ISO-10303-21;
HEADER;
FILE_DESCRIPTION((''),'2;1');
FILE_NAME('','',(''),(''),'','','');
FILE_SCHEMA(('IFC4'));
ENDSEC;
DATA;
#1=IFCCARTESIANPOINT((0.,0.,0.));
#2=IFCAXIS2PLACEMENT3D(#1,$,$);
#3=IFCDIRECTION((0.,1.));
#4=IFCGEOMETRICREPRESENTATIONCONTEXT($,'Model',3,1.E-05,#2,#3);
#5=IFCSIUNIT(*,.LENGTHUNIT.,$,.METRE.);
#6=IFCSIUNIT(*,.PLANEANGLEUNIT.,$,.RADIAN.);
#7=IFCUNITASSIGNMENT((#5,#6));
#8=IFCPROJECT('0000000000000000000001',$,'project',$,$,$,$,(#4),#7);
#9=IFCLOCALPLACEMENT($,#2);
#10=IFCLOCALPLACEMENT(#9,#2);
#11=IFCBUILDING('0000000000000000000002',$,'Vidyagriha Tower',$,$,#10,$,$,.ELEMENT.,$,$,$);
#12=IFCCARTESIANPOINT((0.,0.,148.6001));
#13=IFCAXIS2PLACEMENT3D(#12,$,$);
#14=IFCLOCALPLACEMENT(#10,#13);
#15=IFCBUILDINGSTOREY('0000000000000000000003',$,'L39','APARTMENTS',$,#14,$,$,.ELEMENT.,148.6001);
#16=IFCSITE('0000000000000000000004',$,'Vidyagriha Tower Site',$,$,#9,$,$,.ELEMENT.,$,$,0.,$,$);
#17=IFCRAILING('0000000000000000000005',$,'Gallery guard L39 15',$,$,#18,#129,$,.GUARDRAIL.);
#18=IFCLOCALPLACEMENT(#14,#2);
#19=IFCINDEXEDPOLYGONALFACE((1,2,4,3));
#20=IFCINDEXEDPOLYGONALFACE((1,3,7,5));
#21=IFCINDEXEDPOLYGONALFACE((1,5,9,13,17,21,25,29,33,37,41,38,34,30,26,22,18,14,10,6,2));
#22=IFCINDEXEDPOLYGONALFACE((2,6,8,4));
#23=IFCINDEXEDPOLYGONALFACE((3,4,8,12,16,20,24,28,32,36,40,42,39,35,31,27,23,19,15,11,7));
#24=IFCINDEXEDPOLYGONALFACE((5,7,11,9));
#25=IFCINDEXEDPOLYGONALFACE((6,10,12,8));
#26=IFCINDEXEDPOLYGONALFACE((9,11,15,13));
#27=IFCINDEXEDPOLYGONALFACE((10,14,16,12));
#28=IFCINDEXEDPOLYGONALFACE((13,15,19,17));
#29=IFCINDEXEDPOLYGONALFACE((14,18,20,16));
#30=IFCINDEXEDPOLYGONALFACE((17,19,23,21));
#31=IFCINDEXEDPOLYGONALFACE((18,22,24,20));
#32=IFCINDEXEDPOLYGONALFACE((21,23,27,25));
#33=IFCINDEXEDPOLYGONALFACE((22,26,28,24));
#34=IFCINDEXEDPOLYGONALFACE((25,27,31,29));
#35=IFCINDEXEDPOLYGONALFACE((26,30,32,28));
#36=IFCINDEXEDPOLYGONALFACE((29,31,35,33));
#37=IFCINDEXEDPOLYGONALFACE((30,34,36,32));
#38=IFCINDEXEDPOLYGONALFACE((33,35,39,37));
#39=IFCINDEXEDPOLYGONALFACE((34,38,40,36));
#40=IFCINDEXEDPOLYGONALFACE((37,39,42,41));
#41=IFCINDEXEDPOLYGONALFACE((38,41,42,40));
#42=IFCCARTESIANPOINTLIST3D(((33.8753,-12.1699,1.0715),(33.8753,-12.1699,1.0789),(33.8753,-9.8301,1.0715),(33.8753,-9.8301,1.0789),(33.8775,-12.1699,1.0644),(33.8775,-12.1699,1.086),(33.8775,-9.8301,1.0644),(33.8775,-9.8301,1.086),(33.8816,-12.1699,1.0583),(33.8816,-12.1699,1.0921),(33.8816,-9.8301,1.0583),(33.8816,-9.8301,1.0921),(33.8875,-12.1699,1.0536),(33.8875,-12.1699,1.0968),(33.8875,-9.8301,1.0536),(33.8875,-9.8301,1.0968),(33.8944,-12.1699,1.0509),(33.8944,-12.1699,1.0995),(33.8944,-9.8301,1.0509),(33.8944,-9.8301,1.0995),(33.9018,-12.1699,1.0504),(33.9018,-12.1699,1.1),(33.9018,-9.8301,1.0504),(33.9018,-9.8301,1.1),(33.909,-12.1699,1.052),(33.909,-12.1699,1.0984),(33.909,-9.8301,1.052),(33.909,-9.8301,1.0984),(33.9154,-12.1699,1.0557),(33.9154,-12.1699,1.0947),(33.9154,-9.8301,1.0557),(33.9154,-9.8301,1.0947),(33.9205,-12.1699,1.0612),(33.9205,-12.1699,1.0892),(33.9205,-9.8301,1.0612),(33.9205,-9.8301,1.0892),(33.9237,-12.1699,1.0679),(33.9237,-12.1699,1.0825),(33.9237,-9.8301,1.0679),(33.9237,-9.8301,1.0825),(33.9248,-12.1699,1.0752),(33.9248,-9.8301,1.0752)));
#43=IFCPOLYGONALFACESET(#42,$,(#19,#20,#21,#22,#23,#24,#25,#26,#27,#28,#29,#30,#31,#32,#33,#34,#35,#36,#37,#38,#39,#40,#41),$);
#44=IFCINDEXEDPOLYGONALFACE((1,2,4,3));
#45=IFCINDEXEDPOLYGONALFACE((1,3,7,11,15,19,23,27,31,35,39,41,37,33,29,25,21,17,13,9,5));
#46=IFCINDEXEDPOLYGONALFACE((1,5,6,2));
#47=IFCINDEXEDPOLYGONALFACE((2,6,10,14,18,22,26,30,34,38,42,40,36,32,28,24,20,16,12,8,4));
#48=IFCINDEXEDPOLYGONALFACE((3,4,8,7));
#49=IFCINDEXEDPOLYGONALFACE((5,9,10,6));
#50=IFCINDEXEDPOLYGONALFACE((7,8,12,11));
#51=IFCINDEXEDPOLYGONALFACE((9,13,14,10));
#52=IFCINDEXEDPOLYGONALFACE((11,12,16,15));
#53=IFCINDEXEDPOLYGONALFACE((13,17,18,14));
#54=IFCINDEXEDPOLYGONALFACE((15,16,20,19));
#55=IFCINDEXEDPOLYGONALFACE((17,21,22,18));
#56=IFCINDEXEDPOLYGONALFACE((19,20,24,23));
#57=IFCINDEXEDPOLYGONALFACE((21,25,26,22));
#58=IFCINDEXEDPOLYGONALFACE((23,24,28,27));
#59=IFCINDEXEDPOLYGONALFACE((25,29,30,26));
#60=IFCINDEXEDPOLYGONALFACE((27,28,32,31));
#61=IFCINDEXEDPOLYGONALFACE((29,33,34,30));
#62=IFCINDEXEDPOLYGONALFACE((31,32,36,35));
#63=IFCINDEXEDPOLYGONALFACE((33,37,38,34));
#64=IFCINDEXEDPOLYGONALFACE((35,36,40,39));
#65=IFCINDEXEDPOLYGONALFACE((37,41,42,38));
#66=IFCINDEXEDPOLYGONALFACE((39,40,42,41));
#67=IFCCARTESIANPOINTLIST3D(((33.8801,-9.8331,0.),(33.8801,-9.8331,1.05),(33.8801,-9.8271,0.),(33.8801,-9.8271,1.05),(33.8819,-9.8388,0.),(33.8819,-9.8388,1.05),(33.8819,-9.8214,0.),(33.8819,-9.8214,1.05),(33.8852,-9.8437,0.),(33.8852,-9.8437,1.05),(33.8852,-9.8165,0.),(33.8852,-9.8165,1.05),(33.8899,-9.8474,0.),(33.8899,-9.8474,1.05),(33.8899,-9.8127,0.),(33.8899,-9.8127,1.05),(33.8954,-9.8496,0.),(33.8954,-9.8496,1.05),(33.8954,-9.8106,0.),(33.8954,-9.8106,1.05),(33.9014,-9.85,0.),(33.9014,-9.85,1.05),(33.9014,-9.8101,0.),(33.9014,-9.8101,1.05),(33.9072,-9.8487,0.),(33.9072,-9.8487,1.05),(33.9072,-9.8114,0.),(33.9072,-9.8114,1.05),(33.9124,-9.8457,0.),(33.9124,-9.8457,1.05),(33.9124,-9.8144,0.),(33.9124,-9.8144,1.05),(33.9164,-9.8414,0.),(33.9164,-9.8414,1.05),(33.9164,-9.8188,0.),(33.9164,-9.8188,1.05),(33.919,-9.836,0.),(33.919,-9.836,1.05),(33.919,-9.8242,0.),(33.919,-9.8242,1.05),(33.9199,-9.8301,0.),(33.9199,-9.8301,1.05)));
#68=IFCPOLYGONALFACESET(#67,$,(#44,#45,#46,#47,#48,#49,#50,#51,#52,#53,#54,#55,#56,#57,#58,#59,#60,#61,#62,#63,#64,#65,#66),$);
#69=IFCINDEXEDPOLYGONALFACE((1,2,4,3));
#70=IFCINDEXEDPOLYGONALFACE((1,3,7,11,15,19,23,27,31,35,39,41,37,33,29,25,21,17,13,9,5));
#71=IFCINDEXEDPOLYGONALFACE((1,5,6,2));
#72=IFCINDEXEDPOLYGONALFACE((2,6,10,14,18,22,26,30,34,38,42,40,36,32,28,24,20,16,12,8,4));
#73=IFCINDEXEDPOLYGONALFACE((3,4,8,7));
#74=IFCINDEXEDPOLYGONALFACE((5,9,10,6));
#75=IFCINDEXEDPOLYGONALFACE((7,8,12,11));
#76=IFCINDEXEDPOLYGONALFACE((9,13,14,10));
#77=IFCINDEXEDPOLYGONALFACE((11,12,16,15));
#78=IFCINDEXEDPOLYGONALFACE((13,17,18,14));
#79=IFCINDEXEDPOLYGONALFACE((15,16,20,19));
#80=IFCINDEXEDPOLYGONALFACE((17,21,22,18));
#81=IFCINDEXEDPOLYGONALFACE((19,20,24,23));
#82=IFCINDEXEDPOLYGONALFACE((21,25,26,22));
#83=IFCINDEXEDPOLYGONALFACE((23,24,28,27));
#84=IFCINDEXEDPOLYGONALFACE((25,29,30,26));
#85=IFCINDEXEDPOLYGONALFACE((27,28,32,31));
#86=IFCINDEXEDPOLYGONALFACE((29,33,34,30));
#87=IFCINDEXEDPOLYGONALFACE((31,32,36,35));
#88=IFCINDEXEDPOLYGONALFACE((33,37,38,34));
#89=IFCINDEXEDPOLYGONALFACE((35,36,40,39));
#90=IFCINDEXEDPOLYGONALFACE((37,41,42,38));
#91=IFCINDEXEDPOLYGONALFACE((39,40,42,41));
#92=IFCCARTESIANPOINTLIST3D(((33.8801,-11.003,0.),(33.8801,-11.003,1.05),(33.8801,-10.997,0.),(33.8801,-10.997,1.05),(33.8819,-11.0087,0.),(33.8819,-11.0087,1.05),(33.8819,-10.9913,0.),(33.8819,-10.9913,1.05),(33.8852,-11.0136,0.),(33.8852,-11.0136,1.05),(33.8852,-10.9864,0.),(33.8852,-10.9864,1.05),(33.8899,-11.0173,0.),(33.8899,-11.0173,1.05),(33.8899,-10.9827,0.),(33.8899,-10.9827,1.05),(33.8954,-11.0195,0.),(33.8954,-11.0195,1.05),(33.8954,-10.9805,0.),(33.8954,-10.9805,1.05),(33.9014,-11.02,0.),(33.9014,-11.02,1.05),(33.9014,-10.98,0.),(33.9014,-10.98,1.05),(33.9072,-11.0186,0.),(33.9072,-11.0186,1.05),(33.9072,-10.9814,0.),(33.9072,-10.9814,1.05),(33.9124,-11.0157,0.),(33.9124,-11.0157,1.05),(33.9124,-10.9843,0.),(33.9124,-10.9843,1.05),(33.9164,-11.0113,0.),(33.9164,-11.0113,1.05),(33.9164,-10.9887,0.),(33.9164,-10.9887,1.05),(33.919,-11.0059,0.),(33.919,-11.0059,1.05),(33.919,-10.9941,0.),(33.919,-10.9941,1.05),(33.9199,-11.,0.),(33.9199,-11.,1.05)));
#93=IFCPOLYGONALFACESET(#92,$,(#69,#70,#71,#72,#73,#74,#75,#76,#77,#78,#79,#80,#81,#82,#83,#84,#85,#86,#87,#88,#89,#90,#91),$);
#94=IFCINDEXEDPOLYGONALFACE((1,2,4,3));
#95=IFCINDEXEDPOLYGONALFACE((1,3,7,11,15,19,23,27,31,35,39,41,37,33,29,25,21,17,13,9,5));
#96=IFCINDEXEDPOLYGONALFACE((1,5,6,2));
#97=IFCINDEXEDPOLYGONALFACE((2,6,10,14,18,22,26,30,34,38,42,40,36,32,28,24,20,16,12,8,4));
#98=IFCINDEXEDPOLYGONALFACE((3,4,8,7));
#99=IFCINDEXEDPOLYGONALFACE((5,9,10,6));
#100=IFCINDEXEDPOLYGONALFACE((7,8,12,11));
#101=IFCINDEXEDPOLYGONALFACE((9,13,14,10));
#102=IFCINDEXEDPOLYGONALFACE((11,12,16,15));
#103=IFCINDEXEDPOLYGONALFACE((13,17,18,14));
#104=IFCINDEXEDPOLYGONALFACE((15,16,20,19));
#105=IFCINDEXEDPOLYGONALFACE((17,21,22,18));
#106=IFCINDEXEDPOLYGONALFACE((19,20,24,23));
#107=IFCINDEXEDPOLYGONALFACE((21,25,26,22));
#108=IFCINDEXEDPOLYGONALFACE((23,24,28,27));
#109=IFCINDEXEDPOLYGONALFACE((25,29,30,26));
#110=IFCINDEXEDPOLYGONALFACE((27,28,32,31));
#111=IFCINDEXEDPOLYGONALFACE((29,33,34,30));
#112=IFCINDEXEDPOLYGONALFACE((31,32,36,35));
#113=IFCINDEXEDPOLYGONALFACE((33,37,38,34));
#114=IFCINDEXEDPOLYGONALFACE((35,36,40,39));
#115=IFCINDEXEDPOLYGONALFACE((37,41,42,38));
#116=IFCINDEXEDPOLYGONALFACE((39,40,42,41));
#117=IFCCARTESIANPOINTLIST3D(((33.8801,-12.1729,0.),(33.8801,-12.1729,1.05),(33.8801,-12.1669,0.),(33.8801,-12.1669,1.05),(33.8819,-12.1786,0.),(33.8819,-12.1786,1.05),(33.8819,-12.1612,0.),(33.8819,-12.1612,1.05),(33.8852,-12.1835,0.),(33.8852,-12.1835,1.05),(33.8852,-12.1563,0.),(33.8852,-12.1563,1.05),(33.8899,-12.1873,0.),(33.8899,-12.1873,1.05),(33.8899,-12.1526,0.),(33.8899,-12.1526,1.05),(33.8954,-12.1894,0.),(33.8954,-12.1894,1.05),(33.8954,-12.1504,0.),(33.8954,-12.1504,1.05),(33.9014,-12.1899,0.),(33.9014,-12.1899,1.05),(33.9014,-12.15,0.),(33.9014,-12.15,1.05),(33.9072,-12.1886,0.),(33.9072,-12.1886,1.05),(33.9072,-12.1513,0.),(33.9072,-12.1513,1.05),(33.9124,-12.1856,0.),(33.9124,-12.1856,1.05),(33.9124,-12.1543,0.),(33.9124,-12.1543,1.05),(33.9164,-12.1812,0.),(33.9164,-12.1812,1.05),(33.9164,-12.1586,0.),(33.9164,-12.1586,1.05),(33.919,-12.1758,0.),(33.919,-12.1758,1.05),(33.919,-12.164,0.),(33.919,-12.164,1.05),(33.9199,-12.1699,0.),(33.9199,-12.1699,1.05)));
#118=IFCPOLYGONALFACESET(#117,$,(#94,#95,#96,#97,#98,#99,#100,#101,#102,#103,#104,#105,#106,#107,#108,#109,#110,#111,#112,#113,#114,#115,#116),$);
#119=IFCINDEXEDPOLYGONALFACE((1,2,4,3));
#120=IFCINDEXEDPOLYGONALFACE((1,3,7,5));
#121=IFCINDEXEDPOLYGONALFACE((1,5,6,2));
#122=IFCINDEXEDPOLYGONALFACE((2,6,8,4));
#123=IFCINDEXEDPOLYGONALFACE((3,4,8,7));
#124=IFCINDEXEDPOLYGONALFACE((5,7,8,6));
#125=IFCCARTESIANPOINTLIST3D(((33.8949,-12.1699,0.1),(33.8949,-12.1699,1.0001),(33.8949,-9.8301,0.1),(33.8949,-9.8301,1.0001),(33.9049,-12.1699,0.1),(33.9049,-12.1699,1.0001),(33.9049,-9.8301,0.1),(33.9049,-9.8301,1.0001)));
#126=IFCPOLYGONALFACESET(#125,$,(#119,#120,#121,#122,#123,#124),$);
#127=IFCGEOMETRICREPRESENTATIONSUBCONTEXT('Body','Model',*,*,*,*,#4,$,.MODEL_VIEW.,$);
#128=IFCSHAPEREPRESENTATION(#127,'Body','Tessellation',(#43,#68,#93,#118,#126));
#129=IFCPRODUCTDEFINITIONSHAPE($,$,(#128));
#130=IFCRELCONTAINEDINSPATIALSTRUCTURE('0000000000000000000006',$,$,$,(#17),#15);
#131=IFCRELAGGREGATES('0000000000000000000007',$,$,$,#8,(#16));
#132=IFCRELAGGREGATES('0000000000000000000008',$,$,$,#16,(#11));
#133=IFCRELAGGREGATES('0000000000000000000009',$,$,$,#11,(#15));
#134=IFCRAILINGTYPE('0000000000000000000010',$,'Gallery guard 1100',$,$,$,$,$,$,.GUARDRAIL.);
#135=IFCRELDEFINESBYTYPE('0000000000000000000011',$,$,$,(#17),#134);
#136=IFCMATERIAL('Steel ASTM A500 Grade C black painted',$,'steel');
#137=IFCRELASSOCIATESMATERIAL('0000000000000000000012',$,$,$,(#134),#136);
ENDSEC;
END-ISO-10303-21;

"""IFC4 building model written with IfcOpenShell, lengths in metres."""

from ifc_helpers import new_model, si_unit, direction, frame, origin, origin_2d, place, context, subcontext, project, spatial, rectangle, circle, extrude, material, type_object, element, save


model = new_model("IFC4")

# Units and contexts
model_context = context("Model", 3, precision=1e-05, world=origin(), true_north=direction((0.0, 1.0)))
body_context = subcontext(model_context, "Body", "Model", "MODEL_VIEW")
ifc_project = project(units=[si_unit("LENGTHUNIT", "METRE"), si_unit("PLANEANGLEUNIT", "RADIAN")], contexts=[model_context])

# Site, building, storey
site_placement = place(None, origin())
site = spatial("IfcSite", under=ifc_project, at=site_placement, Name="Vidyagriha Tower Site", CompositionType="ELEMENT", RefElevation=0.0)
building_placement = place(site_placement, origin())
building = spatial("IfcBuilding", under=site, at=building_placement, Name="Vidyagriha Tower", CompositionType="ELEMENT")
storey_placement = place(building_placement, frame((0.0, 0.0, 148.6001)))
storey = spatial("IfcBuildingStorey", under=building, at=storey_placement, Name="L39", Description="APARTMENTS", CompositionType="ELEMENT", Elevation=148.6001)

# Railing
ifc_material_1 = material(Name="Steel ASTM A500 Grade C black painted", Category="steel")
railing_type = type_object("IfcRailingType", Name="Gallery guard 1100", PredefinedType="GUARDRAIL", material=ifc_material_1)
railing_1_placement = place(storey_placement, frame((33.8999, -9.8301, 0.0)))
element("IfcRailing", 1, at=railing_1_placement, inside=storey, type_object=railing_type, Name="Gallery guard L39 15", PredefinedType="GUARDRAIL", context=body_context, shape_type="SweptSolid", body=[
    extrude(circle(Radius=0.0249, at=origin_2d()), frame((0.0, 0.0, 1.0752), z_axis=(0.0, -1.0, 0.0), x_axis=(1.0, 0.0, 0.0)), (0.0, 0.0, 1.0), 2.3398),
    extrude(circle(Radius=0.02, at=origin_2d()), origin(), (0.0, 0.0, 1.0), 1.05),
    extrude(circle(Radius=0.02, at=origin_2d()), frame((0.0, -1.1699, 0.0)), (0.0, 0.0, 1.0), 1.05),
    extrude(circle(Radius=0.02, at=origin_2d()), frame((0.0, -2.3398, 0.0)), (0.0, 0.0, 1.0), 1.05),
    extrude(rectangle(XDim=0.01, YDim=0.9001, at=origin_2d()), frame((0.0, 0.0, 0.55), z_axis=(0.0, -1.0, 0.0), x_axis=(1.0, 0.0, 0.0)), (0.0, 0.0, 1.0), 2.3398),
])

save(model, "model.ifc")
